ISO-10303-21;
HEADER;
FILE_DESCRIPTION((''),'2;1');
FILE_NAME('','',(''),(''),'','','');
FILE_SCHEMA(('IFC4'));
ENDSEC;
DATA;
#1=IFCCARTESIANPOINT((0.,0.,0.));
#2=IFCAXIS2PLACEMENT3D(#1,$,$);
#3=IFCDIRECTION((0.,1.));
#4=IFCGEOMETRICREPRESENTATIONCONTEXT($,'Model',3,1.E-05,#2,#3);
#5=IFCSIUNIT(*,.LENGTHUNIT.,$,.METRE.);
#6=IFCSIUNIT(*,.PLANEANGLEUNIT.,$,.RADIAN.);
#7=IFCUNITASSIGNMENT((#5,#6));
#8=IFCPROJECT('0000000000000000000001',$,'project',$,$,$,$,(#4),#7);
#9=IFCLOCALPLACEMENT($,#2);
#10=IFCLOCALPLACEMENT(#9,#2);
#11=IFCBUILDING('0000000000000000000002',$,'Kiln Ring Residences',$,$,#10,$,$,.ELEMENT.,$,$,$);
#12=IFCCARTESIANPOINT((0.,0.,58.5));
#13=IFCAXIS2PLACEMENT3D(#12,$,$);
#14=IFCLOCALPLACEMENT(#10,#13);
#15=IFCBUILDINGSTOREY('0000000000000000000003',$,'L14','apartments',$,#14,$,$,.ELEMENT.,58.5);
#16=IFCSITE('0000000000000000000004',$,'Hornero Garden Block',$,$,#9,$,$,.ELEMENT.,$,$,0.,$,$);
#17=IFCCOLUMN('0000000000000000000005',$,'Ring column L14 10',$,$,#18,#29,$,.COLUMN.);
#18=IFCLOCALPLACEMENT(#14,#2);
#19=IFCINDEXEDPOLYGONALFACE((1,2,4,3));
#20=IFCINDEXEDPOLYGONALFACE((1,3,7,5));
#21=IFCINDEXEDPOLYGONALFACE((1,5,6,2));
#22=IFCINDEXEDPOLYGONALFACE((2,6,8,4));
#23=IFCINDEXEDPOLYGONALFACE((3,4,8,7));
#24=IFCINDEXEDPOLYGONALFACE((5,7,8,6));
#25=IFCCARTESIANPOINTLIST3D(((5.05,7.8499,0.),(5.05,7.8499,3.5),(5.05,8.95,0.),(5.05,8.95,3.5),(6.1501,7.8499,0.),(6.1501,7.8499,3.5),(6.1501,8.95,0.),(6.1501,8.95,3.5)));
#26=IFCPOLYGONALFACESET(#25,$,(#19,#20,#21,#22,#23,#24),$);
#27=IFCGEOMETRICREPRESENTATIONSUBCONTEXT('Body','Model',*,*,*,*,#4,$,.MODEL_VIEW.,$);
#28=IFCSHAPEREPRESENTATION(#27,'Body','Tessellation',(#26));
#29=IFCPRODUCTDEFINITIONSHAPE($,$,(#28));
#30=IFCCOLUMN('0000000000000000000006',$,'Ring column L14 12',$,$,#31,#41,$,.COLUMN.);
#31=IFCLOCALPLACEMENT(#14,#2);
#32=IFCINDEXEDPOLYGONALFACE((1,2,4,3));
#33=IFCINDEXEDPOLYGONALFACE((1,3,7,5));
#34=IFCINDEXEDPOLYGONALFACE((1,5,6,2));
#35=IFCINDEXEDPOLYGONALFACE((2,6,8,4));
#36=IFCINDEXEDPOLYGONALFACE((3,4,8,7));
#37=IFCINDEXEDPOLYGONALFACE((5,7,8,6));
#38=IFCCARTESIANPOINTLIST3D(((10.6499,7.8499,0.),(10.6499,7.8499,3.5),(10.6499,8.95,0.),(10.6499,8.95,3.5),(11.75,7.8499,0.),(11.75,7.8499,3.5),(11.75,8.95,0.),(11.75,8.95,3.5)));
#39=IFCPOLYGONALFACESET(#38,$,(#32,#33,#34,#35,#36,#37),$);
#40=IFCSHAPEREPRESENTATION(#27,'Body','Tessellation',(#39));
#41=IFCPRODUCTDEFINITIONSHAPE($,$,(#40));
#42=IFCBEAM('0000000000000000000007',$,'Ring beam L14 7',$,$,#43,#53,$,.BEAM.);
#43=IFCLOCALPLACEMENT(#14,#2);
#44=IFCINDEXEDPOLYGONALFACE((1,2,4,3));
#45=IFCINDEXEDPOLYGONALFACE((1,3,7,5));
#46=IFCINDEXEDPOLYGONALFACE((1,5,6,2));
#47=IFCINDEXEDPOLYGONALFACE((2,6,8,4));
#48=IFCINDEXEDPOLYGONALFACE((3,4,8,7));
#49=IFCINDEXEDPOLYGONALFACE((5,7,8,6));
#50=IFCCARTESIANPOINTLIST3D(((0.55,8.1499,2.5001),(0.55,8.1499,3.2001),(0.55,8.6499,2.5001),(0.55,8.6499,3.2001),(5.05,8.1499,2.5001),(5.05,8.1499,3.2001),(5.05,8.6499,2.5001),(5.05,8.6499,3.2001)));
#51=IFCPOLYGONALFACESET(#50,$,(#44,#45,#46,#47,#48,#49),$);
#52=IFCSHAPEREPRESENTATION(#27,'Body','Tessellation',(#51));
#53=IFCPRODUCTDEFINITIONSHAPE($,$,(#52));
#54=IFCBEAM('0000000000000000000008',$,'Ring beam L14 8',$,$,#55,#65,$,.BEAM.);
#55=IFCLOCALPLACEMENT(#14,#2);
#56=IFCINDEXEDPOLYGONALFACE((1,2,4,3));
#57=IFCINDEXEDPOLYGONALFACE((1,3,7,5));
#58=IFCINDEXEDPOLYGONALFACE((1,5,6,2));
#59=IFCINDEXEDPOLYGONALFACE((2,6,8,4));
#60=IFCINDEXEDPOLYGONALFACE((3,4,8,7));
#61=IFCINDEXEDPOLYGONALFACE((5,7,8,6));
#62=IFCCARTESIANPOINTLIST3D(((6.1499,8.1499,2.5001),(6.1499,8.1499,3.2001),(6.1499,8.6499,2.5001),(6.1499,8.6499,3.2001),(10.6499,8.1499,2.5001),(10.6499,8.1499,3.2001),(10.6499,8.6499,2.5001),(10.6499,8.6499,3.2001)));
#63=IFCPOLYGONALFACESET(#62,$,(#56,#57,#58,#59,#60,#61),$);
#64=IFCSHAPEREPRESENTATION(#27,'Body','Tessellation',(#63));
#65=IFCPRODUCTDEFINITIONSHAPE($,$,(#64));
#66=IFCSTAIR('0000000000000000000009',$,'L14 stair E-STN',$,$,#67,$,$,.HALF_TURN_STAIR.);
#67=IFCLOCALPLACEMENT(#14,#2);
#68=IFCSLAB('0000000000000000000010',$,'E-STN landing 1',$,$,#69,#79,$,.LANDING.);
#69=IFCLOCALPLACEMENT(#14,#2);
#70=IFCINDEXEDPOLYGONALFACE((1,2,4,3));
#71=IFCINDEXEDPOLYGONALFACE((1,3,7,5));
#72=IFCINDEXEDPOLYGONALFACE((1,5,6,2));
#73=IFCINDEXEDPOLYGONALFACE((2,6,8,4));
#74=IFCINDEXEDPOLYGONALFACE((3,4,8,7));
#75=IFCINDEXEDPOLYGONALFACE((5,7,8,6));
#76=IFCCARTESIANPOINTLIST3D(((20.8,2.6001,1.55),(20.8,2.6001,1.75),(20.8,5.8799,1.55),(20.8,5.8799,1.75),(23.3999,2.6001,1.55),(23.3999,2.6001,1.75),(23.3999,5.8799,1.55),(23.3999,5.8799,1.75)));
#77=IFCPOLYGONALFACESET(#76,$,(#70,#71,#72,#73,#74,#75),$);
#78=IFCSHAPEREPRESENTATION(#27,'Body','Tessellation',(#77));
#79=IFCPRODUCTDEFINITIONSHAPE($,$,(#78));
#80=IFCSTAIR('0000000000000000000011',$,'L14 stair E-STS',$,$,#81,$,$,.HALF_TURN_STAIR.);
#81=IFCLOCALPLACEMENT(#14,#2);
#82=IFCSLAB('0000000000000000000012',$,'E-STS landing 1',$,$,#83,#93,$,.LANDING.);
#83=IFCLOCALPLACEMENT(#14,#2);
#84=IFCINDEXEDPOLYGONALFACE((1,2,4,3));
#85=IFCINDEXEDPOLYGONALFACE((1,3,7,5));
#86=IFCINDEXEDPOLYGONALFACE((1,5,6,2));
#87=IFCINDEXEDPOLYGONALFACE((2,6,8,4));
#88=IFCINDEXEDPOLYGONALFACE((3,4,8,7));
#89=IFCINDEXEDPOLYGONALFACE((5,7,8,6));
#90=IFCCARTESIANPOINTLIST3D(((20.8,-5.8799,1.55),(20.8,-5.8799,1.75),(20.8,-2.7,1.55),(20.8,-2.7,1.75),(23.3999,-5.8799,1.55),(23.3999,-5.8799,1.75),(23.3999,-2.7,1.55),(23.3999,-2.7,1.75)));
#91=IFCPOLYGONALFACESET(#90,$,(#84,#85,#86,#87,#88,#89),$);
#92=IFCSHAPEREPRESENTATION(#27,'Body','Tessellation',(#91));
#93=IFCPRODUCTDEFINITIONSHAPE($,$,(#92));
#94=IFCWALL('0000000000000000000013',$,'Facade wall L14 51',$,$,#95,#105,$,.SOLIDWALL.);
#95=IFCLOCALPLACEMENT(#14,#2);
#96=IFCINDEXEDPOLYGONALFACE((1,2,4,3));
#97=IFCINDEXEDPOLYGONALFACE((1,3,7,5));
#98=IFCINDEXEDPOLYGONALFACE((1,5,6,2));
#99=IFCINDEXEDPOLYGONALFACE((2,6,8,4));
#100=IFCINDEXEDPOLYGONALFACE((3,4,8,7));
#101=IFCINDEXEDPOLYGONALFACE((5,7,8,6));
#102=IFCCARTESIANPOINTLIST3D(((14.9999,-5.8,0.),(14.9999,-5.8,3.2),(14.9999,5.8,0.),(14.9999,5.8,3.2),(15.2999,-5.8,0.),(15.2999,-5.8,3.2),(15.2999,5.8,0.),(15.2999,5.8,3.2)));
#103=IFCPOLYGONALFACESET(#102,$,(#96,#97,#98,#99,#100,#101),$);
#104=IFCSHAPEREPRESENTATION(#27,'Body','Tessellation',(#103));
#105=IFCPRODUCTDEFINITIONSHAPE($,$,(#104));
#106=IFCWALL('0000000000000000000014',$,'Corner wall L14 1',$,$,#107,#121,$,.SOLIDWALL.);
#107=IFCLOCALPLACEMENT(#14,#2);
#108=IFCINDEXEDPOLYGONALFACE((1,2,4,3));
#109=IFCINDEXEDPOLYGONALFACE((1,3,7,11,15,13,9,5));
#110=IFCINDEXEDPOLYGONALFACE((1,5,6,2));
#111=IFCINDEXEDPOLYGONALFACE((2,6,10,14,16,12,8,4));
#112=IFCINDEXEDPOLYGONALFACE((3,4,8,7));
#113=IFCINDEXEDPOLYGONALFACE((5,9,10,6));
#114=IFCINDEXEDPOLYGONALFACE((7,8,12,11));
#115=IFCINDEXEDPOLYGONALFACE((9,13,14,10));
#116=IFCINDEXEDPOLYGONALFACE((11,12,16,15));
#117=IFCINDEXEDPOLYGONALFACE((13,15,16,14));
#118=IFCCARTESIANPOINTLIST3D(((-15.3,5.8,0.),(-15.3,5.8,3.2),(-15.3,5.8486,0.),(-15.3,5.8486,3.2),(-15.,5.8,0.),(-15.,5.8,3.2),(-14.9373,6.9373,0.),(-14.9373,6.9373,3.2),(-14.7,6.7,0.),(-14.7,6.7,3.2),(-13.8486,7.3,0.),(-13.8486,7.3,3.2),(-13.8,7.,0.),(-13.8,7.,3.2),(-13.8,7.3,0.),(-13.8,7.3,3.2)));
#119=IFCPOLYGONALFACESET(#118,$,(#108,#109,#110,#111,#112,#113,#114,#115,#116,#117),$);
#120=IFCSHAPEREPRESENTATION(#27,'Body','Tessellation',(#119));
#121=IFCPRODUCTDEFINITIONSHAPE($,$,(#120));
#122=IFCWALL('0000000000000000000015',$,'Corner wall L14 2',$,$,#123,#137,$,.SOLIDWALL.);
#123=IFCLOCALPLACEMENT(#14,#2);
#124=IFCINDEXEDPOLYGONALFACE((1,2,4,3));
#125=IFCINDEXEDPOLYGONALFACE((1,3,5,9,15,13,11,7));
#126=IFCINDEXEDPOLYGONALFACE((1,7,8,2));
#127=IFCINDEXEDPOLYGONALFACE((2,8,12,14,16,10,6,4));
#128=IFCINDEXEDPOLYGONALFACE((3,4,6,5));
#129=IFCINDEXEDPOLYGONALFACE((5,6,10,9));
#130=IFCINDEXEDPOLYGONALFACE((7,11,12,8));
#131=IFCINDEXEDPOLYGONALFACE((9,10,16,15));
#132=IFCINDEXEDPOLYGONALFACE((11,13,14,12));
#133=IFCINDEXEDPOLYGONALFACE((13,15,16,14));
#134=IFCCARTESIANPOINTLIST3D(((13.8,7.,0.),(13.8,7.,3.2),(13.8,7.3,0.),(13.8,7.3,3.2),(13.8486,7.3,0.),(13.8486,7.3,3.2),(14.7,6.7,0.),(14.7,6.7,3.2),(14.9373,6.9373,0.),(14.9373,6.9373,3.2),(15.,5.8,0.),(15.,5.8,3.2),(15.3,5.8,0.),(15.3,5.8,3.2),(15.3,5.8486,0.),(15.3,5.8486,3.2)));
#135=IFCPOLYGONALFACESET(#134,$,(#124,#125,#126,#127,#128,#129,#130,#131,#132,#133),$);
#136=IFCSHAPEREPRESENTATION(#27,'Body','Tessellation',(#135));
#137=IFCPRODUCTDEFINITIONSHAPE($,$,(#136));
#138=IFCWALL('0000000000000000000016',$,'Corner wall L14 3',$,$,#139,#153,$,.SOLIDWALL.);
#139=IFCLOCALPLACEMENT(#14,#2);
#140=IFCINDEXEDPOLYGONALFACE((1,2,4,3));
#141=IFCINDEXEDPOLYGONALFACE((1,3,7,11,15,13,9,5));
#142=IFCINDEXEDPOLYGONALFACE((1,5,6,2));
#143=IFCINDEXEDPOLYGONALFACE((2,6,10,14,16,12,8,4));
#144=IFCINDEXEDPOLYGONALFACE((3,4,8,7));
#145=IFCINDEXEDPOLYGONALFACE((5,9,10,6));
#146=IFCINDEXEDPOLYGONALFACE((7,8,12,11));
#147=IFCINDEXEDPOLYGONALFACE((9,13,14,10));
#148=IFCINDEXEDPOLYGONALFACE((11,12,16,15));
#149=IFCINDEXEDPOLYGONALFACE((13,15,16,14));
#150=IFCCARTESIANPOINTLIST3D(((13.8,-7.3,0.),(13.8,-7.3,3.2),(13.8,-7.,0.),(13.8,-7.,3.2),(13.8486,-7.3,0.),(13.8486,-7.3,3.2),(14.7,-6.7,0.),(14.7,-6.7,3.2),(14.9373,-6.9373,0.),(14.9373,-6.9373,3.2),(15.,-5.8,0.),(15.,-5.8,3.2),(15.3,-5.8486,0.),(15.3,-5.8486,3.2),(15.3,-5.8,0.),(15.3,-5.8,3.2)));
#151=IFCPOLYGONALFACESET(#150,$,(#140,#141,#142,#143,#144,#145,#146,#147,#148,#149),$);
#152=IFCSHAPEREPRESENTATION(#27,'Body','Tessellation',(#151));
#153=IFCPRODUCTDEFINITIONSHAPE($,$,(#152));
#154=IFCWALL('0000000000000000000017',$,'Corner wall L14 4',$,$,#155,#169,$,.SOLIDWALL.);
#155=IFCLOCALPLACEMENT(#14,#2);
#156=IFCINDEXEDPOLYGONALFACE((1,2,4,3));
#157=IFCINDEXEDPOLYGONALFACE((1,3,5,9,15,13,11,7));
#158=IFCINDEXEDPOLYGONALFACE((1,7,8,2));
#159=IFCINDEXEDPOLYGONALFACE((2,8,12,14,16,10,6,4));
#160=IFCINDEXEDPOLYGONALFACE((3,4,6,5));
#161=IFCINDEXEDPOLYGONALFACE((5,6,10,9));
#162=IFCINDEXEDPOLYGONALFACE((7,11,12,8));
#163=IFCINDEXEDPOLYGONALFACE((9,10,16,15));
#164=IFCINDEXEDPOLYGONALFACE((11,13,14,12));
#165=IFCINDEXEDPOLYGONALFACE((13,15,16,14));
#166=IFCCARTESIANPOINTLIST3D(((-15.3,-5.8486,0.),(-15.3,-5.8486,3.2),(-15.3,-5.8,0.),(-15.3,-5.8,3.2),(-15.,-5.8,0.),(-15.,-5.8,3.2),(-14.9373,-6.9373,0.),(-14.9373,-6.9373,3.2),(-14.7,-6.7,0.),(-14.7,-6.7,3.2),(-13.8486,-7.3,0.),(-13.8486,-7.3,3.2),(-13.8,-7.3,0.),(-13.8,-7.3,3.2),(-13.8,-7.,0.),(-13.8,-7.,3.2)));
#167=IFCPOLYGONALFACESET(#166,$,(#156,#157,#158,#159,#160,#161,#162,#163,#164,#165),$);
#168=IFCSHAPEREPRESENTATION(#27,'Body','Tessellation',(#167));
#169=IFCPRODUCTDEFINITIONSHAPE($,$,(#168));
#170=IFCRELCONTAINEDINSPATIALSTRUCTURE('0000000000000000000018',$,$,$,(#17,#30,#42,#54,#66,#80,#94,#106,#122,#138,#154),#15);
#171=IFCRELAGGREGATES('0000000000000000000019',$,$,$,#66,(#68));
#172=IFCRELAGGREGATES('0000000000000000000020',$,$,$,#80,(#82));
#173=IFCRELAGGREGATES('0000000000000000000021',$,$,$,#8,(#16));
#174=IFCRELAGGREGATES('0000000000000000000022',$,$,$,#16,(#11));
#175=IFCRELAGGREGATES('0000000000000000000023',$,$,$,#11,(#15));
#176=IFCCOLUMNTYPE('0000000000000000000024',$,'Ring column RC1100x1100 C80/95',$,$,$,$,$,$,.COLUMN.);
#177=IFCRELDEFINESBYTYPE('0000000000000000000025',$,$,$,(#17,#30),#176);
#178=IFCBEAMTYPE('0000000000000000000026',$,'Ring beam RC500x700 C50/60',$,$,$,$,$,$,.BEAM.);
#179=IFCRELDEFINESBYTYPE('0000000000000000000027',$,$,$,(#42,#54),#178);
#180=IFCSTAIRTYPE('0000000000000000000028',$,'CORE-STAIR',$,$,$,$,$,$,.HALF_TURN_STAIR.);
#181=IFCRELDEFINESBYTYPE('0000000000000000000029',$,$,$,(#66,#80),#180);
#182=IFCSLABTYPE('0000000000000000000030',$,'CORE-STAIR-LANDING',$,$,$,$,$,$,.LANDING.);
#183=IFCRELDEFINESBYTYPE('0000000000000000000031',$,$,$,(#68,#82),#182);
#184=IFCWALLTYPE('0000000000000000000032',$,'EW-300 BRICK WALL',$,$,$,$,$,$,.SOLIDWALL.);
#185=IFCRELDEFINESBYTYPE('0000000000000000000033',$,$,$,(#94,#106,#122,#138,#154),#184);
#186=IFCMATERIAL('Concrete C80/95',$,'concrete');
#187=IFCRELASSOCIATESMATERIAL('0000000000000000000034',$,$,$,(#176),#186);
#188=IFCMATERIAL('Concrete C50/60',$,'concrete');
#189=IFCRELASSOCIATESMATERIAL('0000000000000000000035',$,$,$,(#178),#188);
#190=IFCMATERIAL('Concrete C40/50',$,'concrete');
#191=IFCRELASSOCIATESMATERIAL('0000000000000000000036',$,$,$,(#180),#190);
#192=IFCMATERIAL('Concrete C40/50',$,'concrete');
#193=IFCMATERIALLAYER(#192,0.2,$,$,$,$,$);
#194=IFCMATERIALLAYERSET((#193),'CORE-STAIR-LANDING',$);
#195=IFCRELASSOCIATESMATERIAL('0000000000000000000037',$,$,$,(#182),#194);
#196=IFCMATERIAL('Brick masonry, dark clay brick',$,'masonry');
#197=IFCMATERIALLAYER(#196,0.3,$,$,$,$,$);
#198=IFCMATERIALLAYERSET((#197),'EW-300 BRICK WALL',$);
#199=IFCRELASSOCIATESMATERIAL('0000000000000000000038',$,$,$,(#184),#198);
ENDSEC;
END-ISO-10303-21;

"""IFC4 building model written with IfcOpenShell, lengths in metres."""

from ifc_helpers import new_model, si_unit, direction, frame, frame_2d, origin, origin_2d, place, context, subcontext, project, spatial, polyline, rectangle, outline, extrude, material, layer, layer_set, material_profile, profile_set, type_object, element, aggregate, save


model = new_model("IFC4")

# Units and contexts
model_context = context("Model", 3, precision=1e-05, world=origin(), true_north=direction((0.0, 1.0)))
body_context = subcontext(model_context, "Body", "Model", "MODEL_VIEW")
ifc_project = project(units=[si_unit("LENGTHUNIT", "METRE"), si_unit("PLANEANGLEUNIT", "RADIAN")], contexts=[model_context])

# Site, building, storey
site_placement = place(None, origin())
site = spatial("IfcSite", under=ifc_project, at=site_placement, Name="Hornero Garden Block", CompositionType="ELEMENT", RefElevation=0.0)
building_placement = place(site_placement, origin())
building = spatial("IfcBuilding", under=site, at=building_placement, Name="Kiln Ring Residences", CompositionType="ELEMENT")
storey_placement = place(building_placement, frame((0.0, 0.0, 58.5)))
storey = spatial("IfcBuildingStorey", under=building, at=storey_placement, Name="L14", Description="apartments", CompositionType="ELEMENT", Elevation=58.5)

# Columns
ifc_material_1 = material(Name="Concrete C80/95", Category="concrete")
ifc_material_profile_1 = material_profile(ifc_material_1, rectangle(XDim=1.1001, YDim=1.1001, at=origin_2d()), Name="RC1100x1100")
ifc_profile_set_1 = profile_set([ifc_material_profile_1], Name="Concrete C80/95")
column_type = type_object("IfcColumnType", Name="Ring column RC1100x1100 C80/95", PredefinedType="COLUMN", material=ifc_profile_set_1)
for number, where, z_axis, x_axis, name in (
    (1, (5.6001, 8.3999, 0.0), (0.0, 0.0, 1.0), (1.0, 0.0, 0.0), "Ring column L14 10"),
    (2, (11.2, 8.3999, 0.0), (0.0, 0.0, 1.0), (1.0, 0.0, 0.0), "Ring column L14 12"),
):
    element("IfcColumn", number, at=place(storey_placement, frame(where, z_axis=z_axis, x_axis=x_axis)), inside=storey, type_object=column_type, Name=name, PredefinedType="COLUMN", context=body_context, shape_type="SweptSolid", body=[
        extrude(rectangle(XDim=1.1001, YDim=1.1001, at=origin_2d()), origin(), (0.0, 0.0, 1.0), 3.5),
    ])

# Beams
ifc_material_2 = material(Name="Concrete C50/60", Category="concrete")
ifc_material_profile_2 = material_profile(ifc_material_2, rectangle(XDim=0.5, YDim=0.7, at=origin_2d()), Name="RC500x700")
ifc_profile_set_2 = profile_set([ifc_material_profile_2], Name="Concrete C50/60")
beam_type = type_object("IfcBeamType", Name="Ring beam RC500x700 C50/60", PredefinedType="BEAM", material=ifc_profile_set_2)
for number, where, z_axis, x_axis, name in (
    (3, (0.55, 8.3999, 2.8501), (1.0, 0.0, 0.0), (0.0, 1.0, 0.0), "Ring beam L14 7"),
    (4, (6.1499, 8.3999, 2.8501), (1.0, 0.0, 0.0), (0.0, 1.0, 0.0), "Ring beam L14 8"),
):
    element("IfcBeam", number, at=place(storey_placement, frame(where, z_axis=z_axis, x_axis=x_axis)), inside=storey, type_object=beam_type, Name=name, PredefinedType="BEAM", context=body_context, shape_type="SweptSolid", body=[
        extrude(rectangle(XDim=0.5, YDim=0.7, at=origin_2d()), origin(), (0.0, 0.0, 1.0), 4.5),
    ])

# Stairs, slabs
ifc_material_3 = material(Name="Concrete C40/50", Category="concrete")
stair_type = type_object("IfcStairType", Name="CORE-STAIR", PredefinedType="HALF_TURN_STAIR", material=ifc_material_3)
placement_1 = place(storey_placement, origin())
stair_1 = element("IfcStair", 5, at=placement_1, inside=storey, type_object=stair_type, Name="L14 stair E-STN", PredefinedType="HALF_TURN_STAIR")
ifc_material_4 = material(Name="Concrete C40/50", Category="concrete")
ifc_layer_1 = layer(ifc_material_4, 0.2)
ifc_layer_set_1 = layer_set([ifc_layer_1], Name="CORE-STAIR-LANDING")
slab_type = type_object("IfcSlabType", Name="CORE-STAIR-LANDING", PredefinedType="LANDING", material=ifc_layer_set_1)
placement_2 = place(storey_placement, frame((0.0, 0.0, 1.55)))
slab_1 = element("IfcSlab", 6, at=placement_2, type_object=slab_type, Name="E-STN landing 1", PredefinedType="LANDING", context=body_context, shape_type="SweptSolid", body=[
    extrude(outline(polyline([(20.8, 5.8799), (20.8, 2.6001), (23.3999, 2.6001), (23.3999, 5.8799), (20.8, 5.8799)])), origin(), (0.0, 0.0, 1.0), 0.2),
])
aggregate(stair_1, [slab_1])
stair_2 = element("IfcStair", 7, at=placement_1, inside=storey, type_object=stair_type, Name="L14 stair E-STS", PredefinedType="HALF_TURN_STAIR")
slab_2 = element("IfcSlab", 8, at=placement_2, type_object=slab_type, Name="E-STS landing 1", PredefinedType="LANDING", context=body_context, shape_type="SweptSolid", body=[
    extrude(outline(polyline([(23.3999, -5.8799), (23.3999, -2.7), (20.8, -2.7), (20.8, -5.8799), (23.3999, -5.8799)])), origin(), (0.0, 0.0, 1.0), 0.2),
])
aggregate(stair_2, [slab_2])

# Walls
ifc_material_5 = material(Name="Brick masonry, dark clay brick", Category="masonry")
ifc_layer_2 = layer(ifc_material_5, 0.3)
ifc_layer_set_2 = layer_set([ifc_layer_2], Name="EW-300 BRICK WALL")
wall_type_1 = type_object("IfcWallType", Name="EW-300 BRICK WALL", PredefinedType="SOLIDWALL", material=ifc_layer_set_2)
wall_1_placement = place(storey_placement, frame((15.1499, 5.8, 0.0), z_axis=(0.0, 0.0, 1.0), x_axis=(0.0, -1.0, 0.0)))
element("IfcWall", 9, at=wall_1_placement, inside=storey, type_object=wall_type_1, Name="Facade wall L14 51", PredefinedType="SOLIDWALL", context=body_context, shape_type="SweptSolid", body=[
    extrude(rectangle(XDim=11.6001, YDim=0.3, at=frame_2d((5.8, 0.0))), origin(), (0.0, 0.0, 1.0), 3.2),
])
element("IfcWall", 10, at=placement_1, inside=storey, type_object=wall_type_1, Name="Corner wall L14 1", PredefinedType="SOLIDWALL", context=body_context, shape_type="SweptSolid", body=[
    extrude(outline(polyline([(-13.8486, 7.3), (-14.9373, 6.9373), (-15.3, 5.8486), (-15.3, 5.8), (-15.0, 5.8), (-14.7, 6.7), (-13.8, 7.0), (-13.8, 7.3), (-13.8486, 7.3)])), origin(), (0.0, 0.0, 1.0), 3.2),
])
element("IfcWall", 11, at=placement_1, inside=storey, type_object=wall_type_1, Name="Corner wall L14 2", PredefinedType="SOLIDWALL", context=body_context, shape_type="SweptSolid", body=[
    extrude(outline(polyline([(14.9373, 6.9373), (13.8486, 7.3), (13.8, 7.3), (13.8, 7.0), (14.7, 6.7), (15.0, 5.8), (15.3, 5.8), (15.3, 5.8486), (14.9373, 6.9373)])), origin(), (0.0, 0.0, 1.0), 3.2),
])
element("IfcWall", 12, at=placement_1, inside=storey, type_object=wall_type_1, Name="Corner wall L14 3", PredefinedType="SOLIDWALL", context=body_context, shape_type="SweptSolid", body=[
    extrude(outline(polyline([(14.9373, -6.9373), (15.3, -5.8486), (15.3, -5.8), (15.0, -5.8), (14.7, -6.7), (13.8, -7.0), (13.8, -7.3), (13.8486, -7.3), (14.9373, -6.9373)])), origin(), (0.0, 0.0, 1.0), 3.2),
])
element("IfcWall", 13, at=placement_1, inside=storey, type_object=wall_type_1, Name="Corner wall L14 4", PredefinedType="SOLIDWALL", context=body_context, shape_type="SweptSolid", body=[
    extrude(outline(polyline([(-14.9373, -6.9373), (-13.8486, -7.3), (-13.8, -7.3), (-13.8, -7.0), (-14.7, -6.7), (-15.0, -5.8), (-15.3, -5.8), (-15.3, -5.8486), (-14.9373, -6.9373)])), origin(), (0.0, 0.0, 1.0), 3.2),
])

save(model, "model.ifc")
